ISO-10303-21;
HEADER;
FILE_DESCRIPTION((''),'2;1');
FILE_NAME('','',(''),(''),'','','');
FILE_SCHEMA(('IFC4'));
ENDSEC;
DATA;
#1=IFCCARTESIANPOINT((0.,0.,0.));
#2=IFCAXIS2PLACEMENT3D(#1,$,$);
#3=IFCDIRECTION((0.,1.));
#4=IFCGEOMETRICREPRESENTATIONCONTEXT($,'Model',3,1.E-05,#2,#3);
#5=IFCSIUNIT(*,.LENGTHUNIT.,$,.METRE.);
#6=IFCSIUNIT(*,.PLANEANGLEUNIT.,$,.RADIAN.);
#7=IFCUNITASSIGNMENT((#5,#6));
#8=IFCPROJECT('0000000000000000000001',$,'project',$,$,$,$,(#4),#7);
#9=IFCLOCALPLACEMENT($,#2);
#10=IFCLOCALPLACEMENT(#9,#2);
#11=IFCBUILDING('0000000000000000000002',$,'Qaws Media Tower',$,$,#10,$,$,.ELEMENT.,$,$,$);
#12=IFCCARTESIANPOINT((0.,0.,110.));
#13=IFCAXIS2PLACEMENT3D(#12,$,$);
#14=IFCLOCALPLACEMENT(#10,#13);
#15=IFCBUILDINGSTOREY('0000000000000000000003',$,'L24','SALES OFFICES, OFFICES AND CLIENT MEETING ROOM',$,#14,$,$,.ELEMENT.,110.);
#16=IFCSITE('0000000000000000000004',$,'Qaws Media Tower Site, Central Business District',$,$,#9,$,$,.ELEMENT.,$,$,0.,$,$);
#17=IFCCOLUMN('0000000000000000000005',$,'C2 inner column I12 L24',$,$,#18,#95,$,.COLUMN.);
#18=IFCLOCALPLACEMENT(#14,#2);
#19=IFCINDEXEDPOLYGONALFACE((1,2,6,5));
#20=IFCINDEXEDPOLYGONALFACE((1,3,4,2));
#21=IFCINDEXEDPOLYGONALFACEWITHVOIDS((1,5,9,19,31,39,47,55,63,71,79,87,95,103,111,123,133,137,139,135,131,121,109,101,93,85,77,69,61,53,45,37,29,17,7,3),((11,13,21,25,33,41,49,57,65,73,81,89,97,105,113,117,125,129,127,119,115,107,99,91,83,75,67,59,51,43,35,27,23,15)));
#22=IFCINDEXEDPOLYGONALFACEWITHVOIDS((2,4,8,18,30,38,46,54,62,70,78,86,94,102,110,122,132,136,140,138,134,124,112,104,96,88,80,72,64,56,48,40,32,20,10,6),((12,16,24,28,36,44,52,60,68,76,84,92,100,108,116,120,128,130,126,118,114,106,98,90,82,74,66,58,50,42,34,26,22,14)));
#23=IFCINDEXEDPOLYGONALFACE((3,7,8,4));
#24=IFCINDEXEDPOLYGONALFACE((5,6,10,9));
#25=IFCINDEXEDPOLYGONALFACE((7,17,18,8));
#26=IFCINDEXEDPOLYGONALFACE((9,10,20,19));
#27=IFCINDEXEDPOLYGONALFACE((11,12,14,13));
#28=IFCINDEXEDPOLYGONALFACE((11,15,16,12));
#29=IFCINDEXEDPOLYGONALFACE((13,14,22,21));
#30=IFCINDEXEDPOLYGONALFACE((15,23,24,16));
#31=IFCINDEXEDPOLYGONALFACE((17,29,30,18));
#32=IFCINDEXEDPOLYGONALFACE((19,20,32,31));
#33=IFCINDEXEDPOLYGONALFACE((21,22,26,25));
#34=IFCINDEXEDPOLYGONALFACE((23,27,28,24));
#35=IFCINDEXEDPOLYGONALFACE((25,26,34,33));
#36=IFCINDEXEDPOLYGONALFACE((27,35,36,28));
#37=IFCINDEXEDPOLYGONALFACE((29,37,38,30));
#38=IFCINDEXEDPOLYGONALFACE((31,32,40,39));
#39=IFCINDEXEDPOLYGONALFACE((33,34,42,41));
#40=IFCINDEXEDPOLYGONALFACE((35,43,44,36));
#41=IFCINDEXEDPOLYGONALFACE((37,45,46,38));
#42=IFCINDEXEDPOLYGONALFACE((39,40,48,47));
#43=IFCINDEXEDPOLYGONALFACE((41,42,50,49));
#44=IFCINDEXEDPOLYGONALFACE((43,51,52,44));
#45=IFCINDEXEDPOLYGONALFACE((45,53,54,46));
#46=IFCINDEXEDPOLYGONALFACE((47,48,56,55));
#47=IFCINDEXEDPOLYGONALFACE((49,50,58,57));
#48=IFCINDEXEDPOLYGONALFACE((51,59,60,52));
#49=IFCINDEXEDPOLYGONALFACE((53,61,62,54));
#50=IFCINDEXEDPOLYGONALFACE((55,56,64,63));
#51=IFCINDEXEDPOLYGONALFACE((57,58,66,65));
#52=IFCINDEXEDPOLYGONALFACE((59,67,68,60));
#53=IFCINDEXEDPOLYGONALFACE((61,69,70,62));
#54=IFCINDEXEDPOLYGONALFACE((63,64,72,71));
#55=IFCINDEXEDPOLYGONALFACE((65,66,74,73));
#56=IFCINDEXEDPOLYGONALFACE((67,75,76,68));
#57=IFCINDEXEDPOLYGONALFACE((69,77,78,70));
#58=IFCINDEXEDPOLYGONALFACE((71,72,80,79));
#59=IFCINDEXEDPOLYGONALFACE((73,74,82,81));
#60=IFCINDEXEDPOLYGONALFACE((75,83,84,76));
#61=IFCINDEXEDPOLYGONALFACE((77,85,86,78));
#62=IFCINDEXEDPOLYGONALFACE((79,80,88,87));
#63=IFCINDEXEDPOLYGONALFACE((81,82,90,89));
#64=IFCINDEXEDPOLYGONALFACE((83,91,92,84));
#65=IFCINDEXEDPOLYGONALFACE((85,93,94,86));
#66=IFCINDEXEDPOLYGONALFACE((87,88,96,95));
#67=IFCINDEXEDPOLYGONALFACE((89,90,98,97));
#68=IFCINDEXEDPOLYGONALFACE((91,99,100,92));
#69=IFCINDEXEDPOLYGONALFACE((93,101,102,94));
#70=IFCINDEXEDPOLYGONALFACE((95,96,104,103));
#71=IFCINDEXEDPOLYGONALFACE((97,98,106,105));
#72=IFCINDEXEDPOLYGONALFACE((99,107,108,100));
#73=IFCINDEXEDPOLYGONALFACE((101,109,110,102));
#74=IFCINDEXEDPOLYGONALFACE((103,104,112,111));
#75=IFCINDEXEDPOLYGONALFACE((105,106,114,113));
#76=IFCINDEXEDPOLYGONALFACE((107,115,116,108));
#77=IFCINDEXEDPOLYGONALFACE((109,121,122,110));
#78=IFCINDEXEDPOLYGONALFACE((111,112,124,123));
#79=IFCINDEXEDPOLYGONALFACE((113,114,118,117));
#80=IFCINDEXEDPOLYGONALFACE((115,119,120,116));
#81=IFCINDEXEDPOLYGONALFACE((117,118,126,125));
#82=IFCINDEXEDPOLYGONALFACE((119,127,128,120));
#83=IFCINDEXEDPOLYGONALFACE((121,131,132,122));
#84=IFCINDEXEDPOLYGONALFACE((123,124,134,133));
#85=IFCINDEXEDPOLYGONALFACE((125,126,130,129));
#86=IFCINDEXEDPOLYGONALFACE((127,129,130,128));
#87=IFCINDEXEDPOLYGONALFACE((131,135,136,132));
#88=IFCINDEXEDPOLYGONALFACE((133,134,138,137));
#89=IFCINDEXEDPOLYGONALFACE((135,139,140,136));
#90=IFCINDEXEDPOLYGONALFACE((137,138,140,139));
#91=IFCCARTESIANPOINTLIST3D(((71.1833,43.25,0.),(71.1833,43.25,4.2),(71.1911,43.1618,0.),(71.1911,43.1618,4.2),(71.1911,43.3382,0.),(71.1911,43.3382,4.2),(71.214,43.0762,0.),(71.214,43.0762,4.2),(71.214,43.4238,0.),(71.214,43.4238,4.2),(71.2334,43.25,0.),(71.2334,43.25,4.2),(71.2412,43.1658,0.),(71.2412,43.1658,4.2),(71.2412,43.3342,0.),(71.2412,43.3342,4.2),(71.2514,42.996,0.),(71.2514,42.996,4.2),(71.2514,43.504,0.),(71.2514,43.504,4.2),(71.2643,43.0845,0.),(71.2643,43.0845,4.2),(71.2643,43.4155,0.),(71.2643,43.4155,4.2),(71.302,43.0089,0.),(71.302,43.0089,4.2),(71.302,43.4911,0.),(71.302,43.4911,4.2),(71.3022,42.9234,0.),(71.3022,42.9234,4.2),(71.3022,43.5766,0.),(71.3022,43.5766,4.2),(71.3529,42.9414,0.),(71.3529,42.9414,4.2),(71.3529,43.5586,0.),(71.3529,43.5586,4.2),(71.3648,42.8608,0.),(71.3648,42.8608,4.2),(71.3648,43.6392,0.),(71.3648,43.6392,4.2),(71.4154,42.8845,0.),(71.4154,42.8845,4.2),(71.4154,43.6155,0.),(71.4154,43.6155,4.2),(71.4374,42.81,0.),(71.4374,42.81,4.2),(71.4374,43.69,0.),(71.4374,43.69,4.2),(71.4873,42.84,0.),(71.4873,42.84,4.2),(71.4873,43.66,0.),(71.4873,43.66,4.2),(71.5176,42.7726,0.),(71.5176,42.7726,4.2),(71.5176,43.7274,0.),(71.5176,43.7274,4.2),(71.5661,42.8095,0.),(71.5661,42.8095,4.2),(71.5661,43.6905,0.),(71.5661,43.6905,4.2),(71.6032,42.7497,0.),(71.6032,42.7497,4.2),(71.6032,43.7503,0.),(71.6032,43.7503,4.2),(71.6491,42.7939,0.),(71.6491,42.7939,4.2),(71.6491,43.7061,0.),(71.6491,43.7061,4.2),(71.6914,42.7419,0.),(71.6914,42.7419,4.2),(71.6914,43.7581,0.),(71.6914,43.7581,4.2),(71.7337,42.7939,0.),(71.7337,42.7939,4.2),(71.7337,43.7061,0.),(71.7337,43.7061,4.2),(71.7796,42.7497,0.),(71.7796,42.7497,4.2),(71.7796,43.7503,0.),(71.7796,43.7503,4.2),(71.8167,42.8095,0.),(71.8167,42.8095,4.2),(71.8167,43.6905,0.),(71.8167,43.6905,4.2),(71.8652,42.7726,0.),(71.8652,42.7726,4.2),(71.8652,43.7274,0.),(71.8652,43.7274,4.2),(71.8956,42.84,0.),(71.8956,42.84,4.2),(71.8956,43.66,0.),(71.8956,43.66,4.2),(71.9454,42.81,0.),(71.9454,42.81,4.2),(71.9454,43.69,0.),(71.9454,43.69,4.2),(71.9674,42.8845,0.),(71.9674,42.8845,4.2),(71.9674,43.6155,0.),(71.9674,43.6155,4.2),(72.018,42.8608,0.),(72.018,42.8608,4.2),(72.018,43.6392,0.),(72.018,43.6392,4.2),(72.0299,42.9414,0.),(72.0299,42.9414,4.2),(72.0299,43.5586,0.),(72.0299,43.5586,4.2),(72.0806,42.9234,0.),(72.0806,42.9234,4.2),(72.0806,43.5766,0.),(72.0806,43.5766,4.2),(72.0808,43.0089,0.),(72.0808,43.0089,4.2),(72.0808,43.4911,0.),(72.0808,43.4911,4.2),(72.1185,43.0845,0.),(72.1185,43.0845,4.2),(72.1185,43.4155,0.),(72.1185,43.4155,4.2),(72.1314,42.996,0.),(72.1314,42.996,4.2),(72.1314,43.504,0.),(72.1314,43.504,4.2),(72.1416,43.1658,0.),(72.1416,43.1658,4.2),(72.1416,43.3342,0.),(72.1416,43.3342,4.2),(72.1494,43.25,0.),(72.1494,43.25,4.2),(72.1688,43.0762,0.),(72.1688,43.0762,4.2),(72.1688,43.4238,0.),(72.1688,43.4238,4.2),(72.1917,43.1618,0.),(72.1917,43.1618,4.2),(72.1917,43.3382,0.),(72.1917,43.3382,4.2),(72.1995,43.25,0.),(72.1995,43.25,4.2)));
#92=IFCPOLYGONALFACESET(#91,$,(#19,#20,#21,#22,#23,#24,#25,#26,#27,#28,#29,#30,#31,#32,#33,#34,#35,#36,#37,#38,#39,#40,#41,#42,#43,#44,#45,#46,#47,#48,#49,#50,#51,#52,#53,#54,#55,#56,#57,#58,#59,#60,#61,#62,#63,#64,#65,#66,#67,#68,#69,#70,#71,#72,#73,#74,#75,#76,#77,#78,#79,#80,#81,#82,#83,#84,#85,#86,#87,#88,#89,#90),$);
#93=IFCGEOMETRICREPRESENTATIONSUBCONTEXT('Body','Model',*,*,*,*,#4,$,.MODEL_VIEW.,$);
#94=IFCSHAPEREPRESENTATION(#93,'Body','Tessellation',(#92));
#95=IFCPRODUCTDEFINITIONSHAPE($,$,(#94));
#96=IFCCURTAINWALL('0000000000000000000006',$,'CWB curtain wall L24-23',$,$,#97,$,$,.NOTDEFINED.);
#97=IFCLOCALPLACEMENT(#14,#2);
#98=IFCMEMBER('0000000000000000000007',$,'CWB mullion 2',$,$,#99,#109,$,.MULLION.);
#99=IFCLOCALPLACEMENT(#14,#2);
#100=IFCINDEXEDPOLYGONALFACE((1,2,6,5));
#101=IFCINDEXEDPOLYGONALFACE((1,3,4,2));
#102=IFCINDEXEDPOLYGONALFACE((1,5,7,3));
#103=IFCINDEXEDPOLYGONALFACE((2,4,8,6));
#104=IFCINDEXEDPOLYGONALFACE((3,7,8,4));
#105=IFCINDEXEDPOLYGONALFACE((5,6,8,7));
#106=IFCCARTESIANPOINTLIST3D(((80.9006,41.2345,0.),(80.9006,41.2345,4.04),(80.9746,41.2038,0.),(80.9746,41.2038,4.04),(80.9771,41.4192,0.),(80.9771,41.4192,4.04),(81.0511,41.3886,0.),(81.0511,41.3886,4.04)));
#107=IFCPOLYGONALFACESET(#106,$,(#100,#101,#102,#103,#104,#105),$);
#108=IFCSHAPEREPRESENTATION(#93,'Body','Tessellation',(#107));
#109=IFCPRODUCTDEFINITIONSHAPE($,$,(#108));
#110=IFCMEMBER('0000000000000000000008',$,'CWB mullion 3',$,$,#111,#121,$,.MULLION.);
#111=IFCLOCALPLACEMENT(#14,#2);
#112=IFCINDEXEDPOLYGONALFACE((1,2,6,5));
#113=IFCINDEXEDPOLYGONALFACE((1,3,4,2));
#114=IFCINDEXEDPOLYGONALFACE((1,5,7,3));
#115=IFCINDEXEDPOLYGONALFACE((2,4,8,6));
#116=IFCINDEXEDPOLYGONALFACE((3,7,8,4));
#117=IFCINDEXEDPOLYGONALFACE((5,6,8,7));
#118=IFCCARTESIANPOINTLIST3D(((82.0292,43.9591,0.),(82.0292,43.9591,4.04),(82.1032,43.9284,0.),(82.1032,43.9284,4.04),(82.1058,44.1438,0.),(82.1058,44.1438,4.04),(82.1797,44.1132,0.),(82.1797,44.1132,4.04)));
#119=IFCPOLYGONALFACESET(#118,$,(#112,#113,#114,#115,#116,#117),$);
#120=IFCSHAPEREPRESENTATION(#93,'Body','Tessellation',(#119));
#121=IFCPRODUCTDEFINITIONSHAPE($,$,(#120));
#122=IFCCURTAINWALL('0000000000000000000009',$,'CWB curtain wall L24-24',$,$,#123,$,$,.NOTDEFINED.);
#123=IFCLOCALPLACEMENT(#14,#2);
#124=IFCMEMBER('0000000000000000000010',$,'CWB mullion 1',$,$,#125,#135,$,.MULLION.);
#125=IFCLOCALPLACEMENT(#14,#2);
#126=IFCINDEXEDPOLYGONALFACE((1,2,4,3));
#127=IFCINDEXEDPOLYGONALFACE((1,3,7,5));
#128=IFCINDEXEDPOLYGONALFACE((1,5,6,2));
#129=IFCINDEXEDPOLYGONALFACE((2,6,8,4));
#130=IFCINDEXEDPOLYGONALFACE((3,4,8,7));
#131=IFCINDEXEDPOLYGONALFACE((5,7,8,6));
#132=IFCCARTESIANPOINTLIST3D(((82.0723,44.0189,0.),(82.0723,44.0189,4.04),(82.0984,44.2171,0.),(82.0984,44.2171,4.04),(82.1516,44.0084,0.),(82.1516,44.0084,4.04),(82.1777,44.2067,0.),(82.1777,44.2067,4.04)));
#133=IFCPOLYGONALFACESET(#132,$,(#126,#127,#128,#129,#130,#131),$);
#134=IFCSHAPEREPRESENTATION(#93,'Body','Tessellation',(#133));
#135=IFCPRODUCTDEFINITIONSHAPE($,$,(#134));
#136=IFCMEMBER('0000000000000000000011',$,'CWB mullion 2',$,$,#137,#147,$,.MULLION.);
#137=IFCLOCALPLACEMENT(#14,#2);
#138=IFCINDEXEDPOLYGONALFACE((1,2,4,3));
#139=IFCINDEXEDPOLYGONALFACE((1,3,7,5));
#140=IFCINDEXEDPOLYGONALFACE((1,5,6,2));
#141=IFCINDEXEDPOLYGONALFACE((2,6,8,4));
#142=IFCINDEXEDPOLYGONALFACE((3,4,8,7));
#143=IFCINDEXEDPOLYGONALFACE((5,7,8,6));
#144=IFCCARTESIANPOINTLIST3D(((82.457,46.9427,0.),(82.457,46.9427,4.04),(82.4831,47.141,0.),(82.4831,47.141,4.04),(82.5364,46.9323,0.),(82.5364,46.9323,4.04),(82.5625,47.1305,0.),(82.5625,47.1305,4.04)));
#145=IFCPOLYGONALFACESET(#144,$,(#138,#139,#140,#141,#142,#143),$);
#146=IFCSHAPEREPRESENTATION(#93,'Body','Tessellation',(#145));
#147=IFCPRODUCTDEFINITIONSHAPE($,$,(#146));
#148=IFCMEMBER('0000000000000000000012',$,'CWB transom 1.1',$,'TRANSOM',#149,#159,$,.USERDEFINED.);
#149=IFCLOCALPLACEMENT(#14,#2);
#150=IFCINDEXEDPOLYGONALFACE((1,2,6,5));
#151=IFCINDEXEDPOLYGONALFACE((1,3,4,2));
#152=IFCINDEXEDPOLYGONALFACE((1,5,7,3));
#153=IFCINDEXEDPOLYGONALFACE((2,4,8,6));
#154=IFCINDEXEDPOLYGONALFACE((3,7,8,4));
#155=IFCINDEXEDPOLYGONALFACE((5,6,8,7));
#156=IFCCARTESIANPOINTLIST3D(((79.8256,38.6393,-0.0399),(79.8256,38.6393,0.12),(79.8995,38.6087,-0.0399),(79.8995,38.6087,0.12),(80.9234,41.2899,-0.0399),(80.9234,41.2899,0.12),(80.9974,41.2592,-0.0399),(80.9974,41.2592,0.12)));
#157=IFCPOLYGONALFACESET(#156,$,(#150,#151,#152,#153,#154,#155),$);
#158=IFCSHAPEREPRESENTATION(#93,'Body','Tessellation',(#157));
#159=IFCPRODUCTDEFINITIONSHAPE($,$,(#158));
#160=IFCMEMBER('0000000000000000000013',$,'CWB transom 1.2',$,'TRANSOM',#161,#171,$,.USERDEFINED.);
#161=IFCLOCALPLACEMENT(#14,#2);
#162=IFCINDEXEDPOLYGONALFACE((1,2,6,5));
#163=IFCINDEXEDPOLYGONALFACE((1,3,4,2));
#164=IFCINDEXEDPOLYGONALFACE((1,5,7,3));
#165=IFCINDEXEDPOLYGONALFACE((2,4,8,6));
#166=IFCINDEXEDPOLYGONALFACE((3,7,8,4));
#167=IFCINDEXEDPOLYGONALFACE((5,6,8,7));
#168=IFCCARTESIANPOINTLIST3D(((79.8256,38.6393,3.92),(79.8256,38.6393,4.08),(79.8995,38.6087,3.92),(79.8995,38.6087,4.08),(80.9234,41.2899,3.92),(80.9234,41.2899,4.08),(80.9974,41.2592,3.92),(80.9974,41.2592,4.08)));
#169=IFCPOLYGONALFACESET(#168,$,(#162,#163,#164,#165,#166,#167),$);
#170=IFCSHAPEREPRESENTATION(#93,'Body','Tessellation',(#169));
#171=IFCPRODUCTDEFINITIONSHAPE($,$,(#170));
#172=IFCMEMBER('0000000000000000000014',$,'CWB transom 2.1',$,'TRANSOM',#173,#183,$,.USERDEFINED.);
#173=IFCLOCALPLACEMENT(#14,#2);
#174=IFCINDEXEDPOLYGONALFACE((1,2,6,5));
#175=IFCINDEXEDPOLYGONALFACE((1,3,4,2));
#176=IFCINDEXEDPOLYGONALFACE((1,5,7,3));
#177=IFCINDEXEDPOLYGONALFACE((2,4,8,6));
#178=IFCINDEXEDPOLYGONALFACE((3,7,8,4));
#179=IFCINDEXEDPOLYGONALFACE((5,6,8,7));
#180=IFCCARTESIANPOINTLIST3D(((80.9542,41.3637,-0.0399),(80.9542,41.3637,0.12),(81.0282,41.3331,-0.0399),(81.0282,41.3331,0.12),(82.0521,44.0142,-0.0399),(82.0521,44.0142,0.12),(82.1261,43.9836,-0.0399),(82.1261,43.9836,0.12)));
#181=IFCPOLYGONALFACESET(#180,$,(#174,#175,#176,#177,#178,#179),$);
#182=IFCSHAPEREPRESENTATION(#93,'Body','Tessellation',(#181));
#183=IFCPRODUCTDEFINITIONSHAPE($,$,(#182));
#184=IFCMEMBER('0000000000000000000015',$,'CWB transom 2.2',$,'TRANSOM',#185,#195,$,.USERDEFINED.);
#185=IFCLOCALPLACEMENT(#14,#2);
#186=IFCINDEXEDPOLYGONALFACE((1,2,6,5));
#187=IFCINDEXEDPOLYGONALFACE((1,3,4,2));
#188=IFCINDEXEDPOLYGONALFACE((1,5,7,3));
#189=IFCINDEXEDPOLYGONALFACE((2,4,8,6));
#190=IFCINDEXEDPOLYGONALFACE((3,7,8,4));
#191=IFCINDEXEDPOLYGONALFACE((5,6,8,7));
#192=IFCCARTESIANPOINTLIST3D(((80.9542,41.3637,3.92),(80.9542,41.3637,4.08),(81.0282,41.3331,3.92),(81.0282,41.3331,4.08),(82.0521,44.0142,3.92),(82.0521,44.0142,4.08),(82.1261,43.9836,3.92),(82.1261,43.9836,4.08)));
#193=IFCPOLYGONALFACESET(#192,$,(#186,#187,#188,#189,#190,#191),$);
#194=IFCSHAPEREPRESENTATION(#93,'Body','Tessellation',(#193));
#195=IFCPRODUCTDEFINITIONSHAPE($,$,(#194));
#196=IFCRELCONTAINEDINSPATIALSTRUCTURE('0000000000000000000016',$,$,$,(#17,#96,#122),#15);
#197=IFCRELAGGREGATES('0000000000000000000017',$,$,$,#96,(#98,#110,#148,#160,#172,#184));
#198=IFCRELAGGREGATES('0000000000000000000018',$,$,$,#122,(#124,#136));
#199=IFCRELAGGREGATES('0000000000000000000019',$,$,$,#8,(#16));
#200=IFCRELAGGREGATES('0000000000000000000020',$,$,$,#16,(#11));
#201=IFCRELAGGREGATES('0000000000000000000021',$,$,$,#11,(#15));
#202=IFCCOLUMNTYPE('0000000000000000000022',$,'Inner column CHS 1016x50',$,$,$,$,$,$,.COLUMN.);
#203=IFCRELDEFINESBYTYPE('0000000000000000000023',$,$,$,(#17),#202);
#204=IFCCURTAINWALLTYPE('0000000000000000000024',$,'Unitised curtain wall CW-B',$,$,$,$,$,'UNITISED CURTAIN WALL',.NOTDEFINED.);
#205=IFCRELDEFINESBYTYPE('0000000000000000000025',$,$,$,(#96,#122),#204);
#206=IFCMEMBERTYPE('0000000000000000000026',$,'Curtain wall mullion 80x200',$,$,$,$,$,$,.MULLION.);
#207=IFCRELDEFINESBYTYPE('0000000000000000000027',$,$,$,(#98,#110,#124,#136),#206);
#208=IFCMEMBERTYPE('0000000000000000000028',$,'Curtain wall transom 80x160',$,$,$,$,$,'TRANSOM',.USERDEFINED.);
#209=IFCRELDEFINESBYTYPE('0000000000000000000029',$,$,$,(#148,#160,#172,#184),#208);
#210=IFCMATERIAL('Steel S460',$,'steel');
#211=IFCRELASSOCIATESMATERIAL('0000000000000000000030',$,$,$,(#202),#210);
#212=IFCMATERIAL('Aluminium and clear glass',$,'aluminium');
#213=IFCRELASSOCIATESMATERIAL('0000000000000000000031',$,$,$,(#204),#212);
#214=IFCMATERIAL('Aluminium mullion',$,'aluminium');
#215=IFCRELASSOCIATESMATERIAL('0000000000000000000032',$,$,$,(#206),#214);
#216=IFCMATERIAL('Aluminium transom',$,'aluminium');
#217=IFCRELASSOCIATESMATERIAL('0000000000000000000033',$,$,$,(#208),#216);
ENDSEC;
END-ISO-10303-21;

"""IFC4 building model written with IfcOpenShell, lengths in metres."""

from ifc_helpers import new_model, si_unit, direction, frame, origin, origin_2d, place, context, subcontext, project, spatial, rectangle, hollow_circle, extrude, material, material_profile, profile_set, type_object, element, aggregate, save


model = new_model("IFC4")

# Units and contexts
model_context = context("Model", 3, precision=1e-05, world=origin(), true_north=direction((0.0, 1.0)))
body_context = subcontext(model_context, "Body", "Model", "MODEL_VIEW")
ifc_project = project(units=[si_unit("LENGTHUNIT", "METRE"), si_unit("PLANEANGLEUNIT", "RADIAN")], contexts=[model_context])

# Site, building, storey
site_placement = place(None, origin())
site = spatial("IfcSite", under=ifc_project, at=site_placement, Name="Qaws Media Tower Site, Central Business District", CompositionType="ELEMENT", RefElevation=0.0)
building_placement = place(site_placement, origin())
building = spatial("IfcBuilding", under=site, at=building_placement, Name="Qaws Media Tower", CompositionType="ELEMENT")
storey_placement = place(building_placement, frame((0.0, 0.0, 110.0)))
storey = spatial("IfcBuildingStorey", under=building, at=storey_placement, Name="L24", Description="SALES OFFICES, OFFICES AND CLIENT MEETING ROOM", CompositionType="ELEMENT", Elevation=110.0)

# Column
ifc_material_1 = material(Name="Steel S460", Category="steel")
ifc_material_profile_1 = material_profile(ifc_material_1, hollow_circle(Radius=0.5081, WallThickness=0.05, at=origin_2d()), Name="CHS 1016x50")
ifc_profile_set_1 = profile_set([ifc_material_profile_1], Name="Steel S460")
column_type = type_object("IfcColumnType", Name="Inner column CHS 1016x50", PredefinedType="COLUMN", material=ifc_profile_set_1)
column_placement = place(storey_placement, frame((71.6914, 43.25, 0.0), z_axis=(0.0, 0.0, 1.0), x_axis=(1.0, 0.0, 0.0)))
element("IfcColumn", 1, at=column_placement, inside=storey, type_object=column_type, Name="C2 inner column I12 L24", PredefinedType="COLUMN", context=body_context, shape_type="SweptSolid", body=[
    extrude(hollow_circle(Radius=0.5081, WallThickness=0.05, at=origin_2d()), origin(), (0.0, 0.0, 1.0), 4.2),
])

# Curtain walls, members
ifc_material_2 = material(Name="Aluminium and clear glass", Category="aluminium")
curtain_wall_type = type_object("IfcCurtainWallType", Name="Unitised curtain wall CW-B", ElementType="UNITISED CURTAIN WALL", PredefinedType="NOTDEFINED", material=ifc_material_2)
curtain_wall_1_placement = place(storey_placement, origin())
curtain_wall_1 = element("IfcCurtainWall", 2, at=curtain_wall_1_placement, inside=storey, type_object=curtain_wall_type, Name="CWB curtain wall L24-23", PredefinedType="NOTDEFINED")
ifc_material_3 = material(Name="Aluminium mullion", Category="aluminium")
ifc_material_profile_2 = material_profile(ifc_material_3, rectangle(XDim=0.0801, YDim=0.2, at=origin_2d()), Name="80x200")
ifc_profile_set_2 = profile_set([ifc_material_profile_2], Name="Aluminium mullion")
member_type_1 = type_object("IfcMemberType", Name="Curtain wall mullion 80x200", PredefinedType="MULLION", material=ifc_profile_set_2)
member_1_placement = place(storey_placement, frame((80.9758, 41.3115, 0.0), z_axis=(0.0, 0.0, 1.0), x_axis=(-0.92388, 0.382683, 0.0)))
member_1 = element("IfcMember", 3, at=member_1_placement, type_object=member_type_1, Name="CWB mullion 2", PredefinedType="MULLION", context=body_context, shape_type="SweptSolid", body=[
    extrude(rectangle(XDim=0.0801, YDim=0.2, at=origin_2d()), origin(), (0.0, 0.0, 1.0), 4.04),
])
member_2_placement = place(storey_placement, frame((82.1045, 44.0361, 0.0), z_axis=(0.0, 0.0, 1.0), x_axis=(-0.92388, 0.382683, 0.0)))
member_2 = element("IfcMember", 4, at=member_2_placement, type_object=member_type_1, Name="CWB mullion 3", PredefinedType="MULLION", context=body_context, shape_type="SweptSolid", body=[
    extrude(rectangle(XDim=0.0801, YDim=0.2, at=origin_2d()), origin(), (0.0, 0.0, 1.0), 4.04),
])
curtain_wall_2_placement = place(storey_placement, origin())
curtain_wall_2 = element("IfcCurtainWall", 5, at=curtain_wall_2_placement, inside=storey, type_object=curtain_wall_type, Name="CWB curtain wall L24-24", PredefinedType="NOTDEFINED")
member_3_placement = place(storey_placement, frame((82.125, 44.1128, 0.0), z_axis=(0.0, 0.0, 1.0), x_axis=(-0.991445, 0.130526, 0.0)))
member_3 = element("IfcMember", 6, at=member_3_placement, type_object=member_type_1, Name="CWB mullion 1", PredefinedType="MULLION", context=body_context, shape_type="SweptSolid", body=[
    extrude(rectangle(XDim=0.0801, YDim=0.2, at=origin_2d()), origin(), (0.0, 0.0, 1.0), 4.04),
])
member_4_placement = place(storey_placement, frame((82.5098, 47.0366, 0.0), z_axis=(0.0, 0.0, 1.0), x_axis=(-0.991445, 0.130526, 0.0)))
member_4 = element("IfcMember", 7, at=member_4_placement, type_object=member_type_1, Name="CWB mullion 2", PredefinedType="MULLION", context=body_context, shape_type="SweptSolid", body=[
    extrude(rectangle(XDim=0.0801, YDim=0.2, at=origin_2d()), origin(), (0.0, 0.0, 1.0), 4.04),
])

# Members
ifc_material_4 = material(Name="Aluminium transom", Category="aluminium")
ifc_material_profile_3 = material_profile(ifc_material_4, rectangle(XDim=0.0801, YDim=0.1599, at=origin_2d()), Name="80x160")
ifc_profile_set_3 = profile_set([ifc_material_profile_3], Name="Aluminium transom")
member_type_2 = type_object("IfcMemberType", Name="Curtain wall transom 80x160", ElementType="TRANSOM", PredefinedType="USERDEFINED", material=ifc_profile_set_3)
member_5_placement = place(storey_placement, frame((79.8625, 38.624, 0.04), z_axis=(0.382675, 0.923883, 0.0), x_axis=(-0.923883, 0.382675, 0.0)))
member_5 = element("IfcMember", 8, at=member_5_placement, type_object=member_type_2, Name="CWB transom 1.1", ObjectType="TRANSOM", PredefinedType="USERDEFINED", context=body_context, shape_type="SweptSolid", body=[
    extrude(rectangle(XDim=0.0801, YDim=0.1599, at=origin_2d()), origin(), (0.0, 0.0, 1.0), 2.8689),
])
member_6_placement = place(storey_placement, frame((79.8625, 38.624, 4.0), z_axis=(0.382675, 0.923883, 0.0), x_axis=(-0.923883, 0.382675, 0.0)))
member_6 = element("IfcMember", 9, at=member_6_placement, type_object=member_type_2, Name="CWB transom 1.2", ObjectType="TRANSOM", PredefinedType="USERDEFINED", context=body_context, shape_type="SweptSolid", body=[
    extrude(rectangle(XDim=0.0801, YDim=0.1599, at=origin_2d()), origin(), (0.0, 0.0, 1.0), 2.8689),
])
member_7_placement = place(storey_placement, frame((80.9912, 41.3484, 0.04), z_axis=(0.382675, 0.923883, 0.0), x_axis=(-0.923883, 0.382675, 0.0)))
member_7 = element("IfcMember", 10, at=member_7_placement, type_object=member_type_2, Name="CWB transom 2.1", ObjectType="TRANSOM", PredefinedType="USERDEFINED", context=body_context, shape_type="SweptSolid", body=[
    extrude(rectangle(XDim=0.0801, YDim=0.1599, at=origin_2d()), origin(), (0.0, 0.0, 1.0), 2.8689),
])
member_8_placement = place(storey_placement, frame((80.9912, 41.3484, 4.0), z_axis=(0.382675, 0.923883, 0.0), x_axis=(-0.923883, 0.382675, 0.0)))
member_8 = element("IfcMember", 11, at=member_8_placement, type_object=member_type_2, Name="CWB transom 2.2", ObjectType="TRANSOM", PredefinedType="USERDEFINED", context=body_context, shape_type="SweptSolid", body=[
    extrude(rectangle(XDim=0.0801, YDim=0.1599, at=origin_2d()), origin(), (0.0, 0.0, 1.0), 2.8689),
])

aggregate(curtain_wall_1, [member_1, member_2, member_5, member_6, member_7, member_8])
aggregate(curtain_wall_2, [member_3, member_4])

save(model, "model.ifc")
